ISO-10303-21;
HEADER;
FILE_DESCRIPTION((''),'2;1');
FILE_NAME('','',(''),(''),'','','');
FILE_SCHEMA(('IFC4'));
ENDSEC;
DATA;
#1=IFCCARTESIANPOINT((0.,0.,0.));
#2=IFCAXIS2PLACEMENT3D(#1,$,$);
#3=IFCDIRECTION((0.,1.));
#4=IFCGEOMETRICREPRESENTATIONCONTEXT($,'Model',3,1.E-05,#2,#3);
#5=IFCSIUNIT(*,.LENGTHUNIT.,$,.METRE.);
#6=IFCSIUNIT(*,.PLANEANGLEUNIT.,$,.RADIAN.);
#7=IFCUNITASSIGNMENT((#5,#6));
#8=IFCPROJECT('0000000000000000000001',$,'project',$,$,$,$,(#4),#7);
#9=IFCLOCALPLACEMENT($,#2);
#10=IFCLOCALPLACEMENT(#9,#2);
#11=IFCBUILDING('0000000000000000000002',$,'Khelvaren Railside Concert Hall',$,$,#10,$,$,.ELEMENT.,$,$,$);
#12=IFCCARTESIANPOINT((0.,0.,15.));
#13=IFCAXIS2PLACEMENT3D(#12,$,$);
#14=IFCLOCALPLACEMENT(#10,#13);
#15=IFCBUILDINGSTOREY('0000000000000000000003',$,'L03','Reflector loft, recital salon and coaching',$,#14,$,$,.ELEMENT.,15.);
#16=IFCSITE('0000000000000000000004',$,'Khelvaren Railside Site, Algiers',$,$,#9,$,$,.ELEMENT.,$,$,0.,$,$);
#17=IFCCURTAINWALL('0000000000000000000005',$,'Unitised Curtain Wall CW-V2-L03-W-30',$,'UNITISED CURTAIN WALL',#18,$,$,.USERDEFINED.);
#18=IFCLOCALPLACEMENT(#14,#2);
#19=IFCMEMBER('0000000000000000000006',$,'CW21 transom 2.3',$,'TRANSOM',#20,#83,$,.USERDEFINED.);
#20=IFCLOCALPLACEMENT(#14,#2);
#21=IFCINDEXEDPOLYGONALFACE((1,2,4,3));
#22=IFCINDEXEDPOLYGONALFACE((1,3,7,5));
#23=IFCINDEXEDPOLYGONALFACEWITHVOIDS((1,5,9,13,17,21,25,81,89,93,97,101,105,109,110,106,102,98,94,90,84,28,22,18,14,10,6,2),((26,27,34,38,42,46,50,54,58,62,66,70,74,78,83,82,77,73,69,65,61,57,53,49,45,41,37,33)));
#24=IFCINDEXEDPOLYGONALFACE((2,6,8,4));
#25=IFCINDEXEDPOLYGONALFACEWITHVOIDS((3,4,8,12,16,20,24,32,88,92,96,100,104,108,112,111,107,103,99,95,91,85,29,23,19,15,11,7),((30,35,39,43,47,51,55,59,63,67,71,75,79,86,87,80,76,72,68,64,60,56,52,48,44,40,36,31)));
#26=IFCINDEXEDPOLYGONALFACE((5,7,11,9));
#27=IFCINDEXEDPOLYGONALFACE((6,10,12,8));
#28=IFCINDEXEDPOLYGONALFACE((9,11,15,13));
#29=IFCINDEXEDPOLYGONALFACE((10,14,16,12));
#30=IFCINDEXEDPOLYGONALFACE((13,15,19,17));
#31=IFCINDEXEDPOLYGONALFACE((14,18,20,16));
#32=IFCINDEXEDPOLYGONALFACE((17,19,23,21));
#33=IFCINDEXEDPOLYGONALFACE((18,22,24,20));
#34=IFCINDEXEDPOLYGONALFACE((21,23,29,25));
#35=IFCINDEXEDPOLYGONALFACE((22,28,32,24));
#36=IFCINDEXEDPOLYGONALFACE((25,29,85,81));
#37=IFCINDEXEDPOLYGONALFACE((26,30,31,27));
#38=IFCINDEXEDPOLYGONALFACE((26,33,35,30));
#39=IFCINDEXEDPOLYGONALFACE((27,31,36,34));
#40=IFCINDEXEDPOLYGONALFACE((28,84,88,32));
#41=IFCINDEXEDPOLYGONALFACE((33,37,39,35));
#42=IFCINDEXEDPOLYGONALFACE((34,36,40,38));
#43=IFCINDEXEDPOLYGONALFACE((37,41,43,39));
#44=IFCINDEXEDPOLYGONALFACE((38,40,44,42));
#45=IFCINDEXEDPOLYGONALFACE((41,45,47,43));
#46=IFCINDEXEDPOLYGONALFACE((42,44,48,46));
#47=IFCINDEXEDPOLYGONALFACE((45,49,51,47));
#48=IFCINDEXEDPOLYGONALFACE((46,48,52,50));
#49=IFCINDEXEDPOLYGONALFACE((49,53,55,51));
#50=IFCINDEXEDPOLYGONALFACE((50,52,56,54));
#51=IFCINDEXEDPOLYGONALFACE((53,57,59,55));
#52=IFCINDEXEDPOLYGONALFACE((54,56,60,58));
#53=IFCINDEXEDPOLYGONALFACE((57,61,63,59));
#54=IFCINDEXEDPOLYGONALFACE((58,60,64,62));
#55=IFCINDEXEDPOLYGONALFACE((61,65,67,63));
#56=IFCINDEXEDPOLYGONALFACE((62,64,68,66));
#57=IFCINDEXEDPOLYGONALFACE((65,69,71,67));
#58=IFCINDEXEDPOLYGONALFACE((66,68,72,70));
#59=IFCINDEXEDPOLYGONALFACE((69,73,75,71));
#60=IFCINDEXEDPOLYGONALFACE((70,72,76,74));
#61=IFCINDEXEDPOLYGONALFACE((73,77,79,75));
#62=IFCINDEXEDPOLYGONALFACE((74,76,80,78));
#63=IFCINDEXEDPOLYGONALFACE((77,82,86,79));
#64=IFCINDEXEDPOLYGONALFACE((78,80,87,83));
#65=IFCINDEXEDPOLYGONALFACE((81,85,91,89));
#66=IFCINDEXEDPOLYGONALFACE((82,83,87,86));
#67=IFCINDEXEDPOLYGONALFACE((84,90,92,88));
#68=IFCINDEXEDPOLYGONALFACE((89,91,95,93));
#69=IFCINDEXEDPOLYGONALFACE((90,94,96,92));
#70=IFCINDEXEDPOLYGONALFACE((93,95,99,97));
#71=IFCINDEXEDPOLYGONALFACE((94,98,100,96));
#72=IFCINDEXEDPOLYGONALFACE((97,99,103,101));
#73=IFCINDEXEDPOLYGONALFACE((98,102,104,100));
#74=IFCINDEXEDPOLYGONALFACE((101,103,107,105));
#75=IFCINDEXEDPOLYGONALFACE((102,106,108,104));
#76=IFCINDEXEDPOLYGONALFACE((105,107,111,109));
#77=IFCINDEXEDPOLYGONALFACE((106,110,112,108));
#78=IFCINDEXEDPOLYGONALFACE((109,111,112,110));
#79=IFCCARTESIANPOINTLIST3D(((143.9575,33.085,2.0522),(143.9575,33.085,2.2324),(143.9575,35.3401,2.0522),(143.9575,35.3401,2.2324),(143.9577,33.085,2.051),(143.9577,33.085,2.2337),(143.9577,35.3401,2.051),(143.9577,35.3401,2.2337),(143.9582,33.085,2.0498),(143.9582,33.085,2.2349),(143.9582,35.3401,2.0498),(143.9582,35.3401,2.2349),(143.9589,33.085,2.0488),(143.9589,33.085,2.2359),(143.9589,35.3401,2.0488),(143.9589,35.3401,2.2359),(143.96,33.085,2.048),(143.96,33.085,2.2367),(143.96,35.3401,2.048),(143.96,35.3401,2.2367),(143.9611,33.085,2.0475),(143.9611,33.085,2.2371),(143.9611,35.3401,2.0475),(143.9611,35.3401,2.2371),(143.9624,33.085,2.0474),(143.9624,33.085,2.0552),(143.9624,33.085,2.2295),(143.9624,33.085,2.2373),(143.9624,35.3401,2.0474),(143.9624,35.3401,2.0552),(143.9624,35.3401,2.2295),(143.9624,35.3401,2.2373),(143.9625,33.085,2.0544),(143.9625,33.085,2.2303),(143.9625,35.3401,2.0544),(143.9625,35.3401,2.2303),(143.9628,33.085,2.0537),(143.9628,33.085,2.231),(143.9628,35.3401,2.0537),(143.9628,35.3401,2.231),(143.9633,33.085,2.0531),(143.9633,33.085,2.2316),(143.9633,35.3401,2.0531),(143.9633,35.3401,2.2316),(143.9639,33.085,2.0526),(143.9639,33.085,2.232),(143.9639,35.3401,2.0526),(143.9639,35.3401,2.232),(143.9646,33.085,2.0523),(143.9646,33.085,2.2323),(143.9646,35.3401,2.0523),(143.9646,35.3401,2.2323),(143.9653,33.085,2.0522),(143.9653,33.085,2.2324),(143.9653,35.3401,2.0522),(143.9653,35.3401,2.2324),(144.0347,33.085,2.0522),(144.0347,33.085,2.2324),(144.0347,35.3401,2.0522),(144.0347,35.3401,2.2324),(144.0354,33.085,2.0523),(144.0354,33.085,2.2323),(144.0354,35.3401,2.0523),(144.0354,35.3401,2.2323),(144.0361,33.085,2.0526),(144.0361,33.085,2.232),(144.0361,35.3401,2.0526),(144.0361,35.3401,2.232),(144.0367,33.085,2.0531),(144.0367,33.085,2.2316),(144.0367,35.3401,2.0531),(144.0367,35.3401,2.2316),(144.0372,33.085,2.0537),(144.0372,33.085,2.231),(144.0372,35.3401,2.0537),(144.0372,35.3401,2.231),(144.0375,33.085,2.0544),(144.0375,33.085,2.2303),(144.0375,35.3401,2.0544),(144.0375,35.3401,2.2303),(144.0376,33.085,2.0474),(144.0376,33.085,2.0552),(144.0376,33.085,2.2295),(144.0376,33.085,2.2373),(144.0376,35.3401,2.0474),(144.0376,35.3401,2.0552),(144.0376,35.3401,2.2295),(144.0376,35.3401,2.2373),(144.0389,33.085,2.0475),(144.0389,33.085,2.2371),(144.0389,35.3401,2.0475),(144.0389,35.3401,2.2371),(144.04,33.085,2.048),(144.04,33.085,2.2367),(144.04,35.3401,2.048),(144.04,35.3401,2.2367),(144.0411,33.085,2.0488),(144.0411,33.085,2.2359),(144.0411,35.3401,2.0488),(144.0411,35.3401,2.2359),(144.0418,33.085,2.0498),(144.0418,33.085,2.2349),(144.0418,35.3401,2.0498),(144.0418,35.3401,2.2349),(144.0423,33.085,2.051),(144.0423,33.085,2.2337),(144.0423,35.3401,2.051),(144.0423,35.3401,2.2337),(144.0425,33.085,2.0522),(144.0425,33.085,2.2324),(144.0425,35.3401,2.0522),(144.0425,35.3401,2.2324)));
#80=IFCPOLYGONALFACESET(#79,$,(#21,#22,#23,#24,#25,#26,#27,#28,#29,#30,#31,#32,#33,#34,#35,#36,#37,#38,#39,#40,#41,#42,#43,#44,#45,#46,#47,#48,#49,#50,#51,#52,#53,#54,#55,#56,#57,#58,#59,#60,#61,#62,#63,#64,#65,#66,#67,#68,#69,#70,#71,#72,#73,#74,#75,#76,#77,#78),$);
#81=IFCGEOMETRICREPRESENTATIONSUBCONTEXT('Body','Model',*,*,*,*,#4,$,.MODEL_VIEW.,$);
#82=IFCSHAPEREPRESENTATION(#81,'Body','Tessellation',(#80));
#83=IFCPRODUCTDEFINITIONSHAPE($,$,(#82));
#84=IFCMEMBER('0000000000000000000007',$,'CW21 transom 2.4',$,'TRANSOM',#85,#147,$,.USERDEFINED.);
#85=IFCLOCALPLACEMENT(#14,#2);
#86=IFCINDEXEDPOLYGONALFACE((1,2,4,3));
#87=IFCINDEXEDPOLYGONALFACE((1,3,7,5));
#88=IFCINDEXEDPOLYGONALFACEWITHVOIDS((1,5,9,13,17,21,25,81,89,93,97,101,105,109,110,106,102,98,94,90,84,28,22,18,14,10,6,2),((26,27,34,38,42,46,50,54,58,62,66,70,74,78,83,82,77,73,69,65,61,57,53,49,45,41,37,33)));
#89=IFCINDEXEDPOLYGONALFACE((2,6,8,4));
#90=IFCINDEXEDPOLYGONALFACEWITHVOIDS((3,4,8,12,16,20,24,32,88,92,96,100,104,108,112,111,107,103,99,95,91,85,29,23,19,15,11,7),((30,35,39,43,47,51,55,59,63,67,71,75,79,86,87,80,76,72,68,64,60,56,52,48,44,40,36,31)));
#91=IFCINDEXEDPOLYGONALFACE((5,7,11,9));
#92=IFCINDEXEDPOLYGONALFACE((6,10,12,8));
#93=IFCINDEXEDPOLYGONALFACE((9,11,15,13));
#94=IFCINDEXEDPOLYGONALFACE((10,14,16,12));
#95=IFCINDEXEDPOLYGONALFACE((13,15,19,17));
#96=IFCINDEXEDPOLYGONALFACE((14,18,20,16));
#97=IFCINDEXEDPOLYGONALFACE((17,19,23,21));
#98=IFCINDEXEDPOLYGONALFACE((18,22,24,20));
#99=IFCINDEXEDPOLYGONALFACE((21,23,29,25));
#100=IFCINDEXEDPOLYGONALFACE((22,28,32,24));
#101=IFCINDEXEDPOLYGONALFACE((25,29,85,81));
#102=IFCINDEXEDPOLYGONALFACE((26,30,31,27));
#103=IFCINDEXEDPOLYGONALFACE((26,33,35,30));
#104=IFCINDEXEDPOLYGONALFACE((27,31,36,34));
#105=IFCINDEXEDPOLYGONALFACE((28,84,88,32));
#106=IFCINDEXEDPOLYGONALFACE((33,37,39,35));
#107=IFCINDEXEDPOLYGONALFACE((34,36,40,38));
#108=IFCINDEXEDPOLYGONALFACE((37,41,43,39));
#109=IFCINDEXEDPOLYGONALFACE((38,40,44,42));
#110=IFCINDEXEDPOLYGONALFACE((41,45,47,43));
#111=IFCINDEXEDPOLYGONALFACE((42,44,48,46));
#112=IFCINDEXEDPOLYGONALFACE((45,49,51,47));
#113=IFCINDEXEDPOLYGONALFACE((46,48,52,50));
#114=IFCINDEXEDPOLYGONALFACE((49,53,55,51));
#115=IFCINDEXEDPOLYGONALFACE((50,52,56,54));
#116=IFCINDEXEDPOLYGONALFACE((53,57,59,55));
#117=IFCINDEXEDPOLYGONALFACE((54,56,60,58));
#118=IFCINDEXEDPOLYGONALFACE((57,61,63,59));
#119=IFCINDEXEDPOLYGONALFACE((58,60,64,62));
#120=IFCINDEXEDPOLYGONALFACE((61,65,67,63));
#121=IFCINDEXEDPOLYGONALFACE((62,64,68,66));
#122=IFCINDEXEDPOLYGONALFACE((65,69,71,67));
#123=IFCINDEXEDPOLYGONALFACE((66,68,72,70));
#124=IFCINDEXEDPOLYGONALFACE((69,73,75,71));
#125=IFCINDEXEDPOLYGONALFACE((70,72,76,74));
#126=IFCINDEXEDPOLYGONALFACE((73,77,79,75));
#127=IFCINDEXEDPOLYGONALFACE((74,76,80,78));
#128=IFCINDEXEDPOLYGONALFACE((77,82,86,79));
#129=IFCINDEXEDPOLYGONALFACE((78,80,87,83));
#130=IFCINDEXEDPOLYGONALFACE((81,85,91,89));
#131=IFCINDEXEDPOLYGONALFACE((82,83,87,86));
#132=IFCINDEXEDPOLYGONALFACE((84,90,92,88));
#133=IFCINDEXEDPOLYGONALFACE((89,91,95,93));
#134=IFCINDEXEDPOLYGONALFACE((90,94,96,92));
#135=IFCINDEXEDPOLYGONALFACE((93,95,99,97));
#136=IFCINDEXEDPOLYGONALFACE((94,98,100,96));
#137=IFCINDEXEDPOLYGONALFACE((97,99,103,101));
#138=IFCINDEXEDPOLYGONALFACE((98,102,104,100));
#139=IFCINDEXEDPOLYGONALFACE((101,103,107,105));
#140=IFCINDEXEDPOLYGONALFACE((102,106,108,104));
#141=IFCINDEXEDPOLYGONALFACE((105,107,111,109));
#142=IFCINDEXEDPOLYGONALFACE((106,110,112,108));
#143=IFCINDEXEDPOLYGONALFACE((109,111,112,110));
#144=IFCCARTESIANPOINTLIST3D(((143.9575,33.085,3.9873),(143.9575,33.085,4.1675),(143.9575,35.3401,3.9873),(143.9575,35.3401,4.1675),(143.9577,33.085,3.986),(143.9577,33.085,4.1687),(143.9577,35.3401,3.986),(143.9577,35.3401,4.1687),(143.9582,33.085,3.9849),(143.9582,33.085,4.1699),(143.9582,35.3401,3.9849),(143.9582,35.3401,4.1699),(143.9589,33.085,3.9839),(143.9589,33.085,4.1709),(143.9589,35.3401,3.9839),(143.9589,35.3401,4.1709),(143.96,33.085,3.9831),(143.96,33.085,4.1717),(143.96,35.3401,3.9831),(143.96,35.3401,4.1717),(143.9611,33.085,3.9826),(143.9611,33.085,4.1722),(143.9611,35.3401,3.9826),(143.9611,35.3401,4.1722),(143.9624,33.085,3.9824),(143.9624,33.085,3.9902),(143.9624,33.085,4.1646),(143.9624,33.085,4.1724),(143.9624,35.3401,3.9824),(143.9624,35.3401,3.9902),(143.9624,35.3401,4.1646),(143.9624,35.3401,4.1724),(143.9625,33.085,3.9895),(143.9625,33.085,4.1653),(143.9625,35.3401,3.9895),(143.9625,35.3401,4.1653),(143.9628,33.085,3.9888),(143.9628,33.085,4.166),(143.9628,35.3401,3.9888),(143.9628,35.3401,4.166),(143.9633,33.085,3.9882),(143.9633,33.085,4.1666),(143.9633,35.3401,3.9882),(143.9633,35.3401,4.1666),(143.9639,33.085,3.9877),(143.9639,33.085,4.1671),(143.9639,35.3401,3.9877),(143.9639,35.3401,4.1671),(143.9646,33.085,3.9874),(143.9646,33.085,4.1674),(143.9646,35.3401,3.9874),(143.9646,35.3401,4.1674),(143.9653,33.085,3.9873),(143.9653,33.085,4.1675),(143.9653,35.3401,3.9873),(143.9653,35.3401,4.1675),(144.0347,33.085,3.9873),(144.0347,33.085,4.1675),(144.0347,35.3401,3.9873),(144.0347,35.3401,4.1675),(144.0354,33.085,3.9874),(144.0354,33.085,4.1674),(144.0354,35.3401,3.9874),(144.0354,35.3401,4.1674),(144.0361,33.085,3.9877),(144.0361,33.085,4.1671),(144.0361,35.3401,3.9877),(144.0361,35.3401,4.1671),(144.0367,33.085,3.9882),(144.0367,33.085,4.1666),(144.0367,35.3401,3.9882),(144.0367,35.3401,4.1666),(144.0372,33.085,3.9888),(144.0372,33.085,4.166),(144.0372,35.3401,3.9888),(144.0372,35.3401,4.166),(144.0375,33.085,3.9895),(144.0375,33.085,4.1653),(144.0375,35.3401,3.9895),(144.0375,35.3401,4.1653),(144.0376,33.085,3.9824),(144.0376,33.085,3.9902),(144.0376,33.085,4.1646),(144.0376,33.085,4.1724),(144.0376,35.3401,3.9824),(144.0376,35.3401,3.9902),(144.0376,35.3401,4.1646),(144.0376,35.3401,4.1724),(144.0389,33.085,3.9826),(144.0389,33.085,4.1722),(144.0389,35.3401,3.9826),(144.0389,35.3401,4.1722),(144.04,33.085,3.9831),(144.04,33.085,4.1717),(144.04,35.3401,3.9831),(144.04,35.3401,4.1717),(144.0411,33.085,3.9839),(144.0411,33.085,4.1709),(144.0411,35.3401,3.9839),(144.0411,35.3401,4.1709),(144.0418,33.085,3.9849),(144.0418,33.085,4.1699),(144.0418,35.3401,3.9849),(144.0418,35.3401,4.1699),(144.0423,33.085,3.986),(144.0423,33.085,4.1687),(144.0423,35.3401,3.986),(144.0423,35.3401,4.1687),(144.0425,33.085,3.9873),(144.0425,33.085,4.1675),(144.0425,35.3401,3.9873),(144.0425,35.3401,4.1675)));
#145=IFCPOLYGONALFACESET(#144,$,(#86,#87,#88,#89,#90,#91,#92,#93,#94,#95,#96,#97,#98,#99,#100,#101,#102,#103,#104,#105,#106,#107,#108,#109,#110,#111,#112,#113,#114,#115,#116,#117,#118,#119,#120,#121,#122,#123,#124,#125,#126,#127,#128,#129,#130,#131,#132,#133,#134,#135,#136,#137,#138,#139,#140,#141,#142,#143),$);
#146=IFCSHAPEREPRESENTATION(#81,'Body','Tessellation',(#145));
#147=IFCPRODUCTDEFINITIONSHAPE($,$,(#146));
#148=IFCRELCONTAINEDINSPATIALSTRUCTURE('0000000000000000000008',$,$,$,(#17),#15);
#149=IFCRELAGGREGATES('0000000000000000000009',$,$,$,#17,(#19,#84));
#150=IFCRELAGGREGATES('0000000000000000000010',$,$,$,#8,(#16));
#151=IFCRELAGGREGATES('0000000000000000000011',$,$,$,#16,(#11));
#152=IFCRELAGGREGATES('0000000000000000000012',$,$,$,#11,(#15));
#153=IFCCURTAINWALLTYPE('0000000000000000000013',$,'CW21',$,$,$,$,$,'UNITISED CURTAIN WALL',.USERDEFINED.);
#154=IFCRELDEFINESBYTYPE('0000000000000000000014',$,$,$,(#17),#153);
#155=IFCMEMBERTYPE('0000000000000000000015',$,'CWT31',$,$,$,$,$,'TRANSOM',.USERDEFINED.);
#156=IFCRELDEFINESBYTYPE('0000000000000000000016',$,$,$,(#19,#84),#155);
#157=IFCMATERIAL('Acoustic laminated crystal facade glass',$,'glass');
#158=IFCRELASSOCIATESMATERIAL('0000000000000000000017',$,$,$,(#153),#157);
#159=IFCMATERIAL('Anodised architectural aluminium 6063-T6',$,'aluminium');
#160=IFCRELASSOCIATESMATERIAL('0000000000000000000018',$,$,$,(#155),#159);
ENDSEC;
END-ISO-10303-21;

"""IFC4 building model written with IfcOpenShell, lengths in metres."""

from ifc_helpers import new_model, si_unit, direction, frame, origin, origin_2d, place, context, subcontext, project, spatial, hollow_rectangle, extrude, material, material_profile, profile_set, type_object, element, aggregate, save


model = new_model("IFC4")

# Units and contexts
model_context = context("Model", 3, precision=1e-05, world=origin(), true_north=direction((0.0, 1.0)))
body_context = subcontext(model_context, "Body", "Model", "MODEL_VIEW")
ifc_project = project(units=[si_unit("LENGTHUNIT", "METRE"), si_unit("PLANEANGLEUNIT", "RADIAN")], contexts=[model_context])

# Site, building, storey
site_placement = place(None, origin())
site = spatial("IfcSite", under=ifc_project, at=site_placement, Name="Khelvaren Railside Site, Algiers", CompositionType="ELEMENT", RefElevation=0.0)
building_placement = place(site_placement, origin())
building = spatial("IfcBuilding", under=site, at=building_placement, Name="Khelvaren Railside Concert Hall", CompositionType="ELEMENT")
storey_placement = place(building_placement, frame((0.0, 0.0, 15.0)))
storey = spatial("IfcBuildingStorey", under=building, at=storey_placement, Name="L03", Description="Reflector loft, recital salon and coaching", CompositionType="ELEMENT", Elevation=15.0)

# Shared definitions
ifc_material_1 = material(Name="Anodised architectural aluminium 6063-T6", Category="aluminium")

# Curtain wall, members
ifc_material_2 = material(Name="Acoustic laminated crystal facade glass", Category="glass")
curtain_wall_type_1 = type_object("IfcCurtainWallType", Name="CW21", ElementType="UNITISED CURTAIN WALL", PredefinedType="USERDEFINED", material=ifc_material_2)
curtain_wall_1_placement = place(storey_placement, origin())
curtain_wall_1 = element("IfcCurtainWall", 1, at=curtain_wall_1_placement, inside=storey, type_object=curtain_wall_type_1, Name="Unitised Curtain Wall CW-V2-L03-W-30", ObjectType="UNITISED CURTAIN WALL", PredefinedType="USERDEFINED")
ifc_material_profile_1 = material_profile(ifc_material_1, hollow_rectangle(XDim=0.085, YDim=0.1899, WallThickness=0.0049, InnerFilletRadius=0.0029, OuterFilletRadius=0.0049, at=origin_2d()), Name="CWT 85x190x5")
ifc_profile_set_1 = profile_set([ifc_material_profile_1], Name="Anodised architectural aluminium 6063-T6")
member_type_1 = type_object("IfcMemberType", Name="CWT31", ElementType="TRANSOM", PredefinedType="USERDEFINED", material=ifc_profile_set_1)
member_1_placement = place(storey_placement, frame((144.0, 33.085, 2.1423), z_axis=(0.0, 1.0, 0.0), x_axis=(-1.0, 0.0, 0.0)))
member_1 = element("IfcMember", 2, at=member_1_placement, type_object=member_type_1, Name="CW21 transom 2.3", ObjectType="TRANSOM", PredefinedType="USERDEFINED", context=body_context, shape_type="SweptSolid", body=[
    extrude(hollow_rectangle(XDim=0.085, YDim=0.1899, WallThickness=0.0049, InnerFilletRadius=0.0029, OuterFilletRadius=0.0049, at=origin_2d()), origin(), (0.0, 0.0, 1.0), 2.2551),
])
member_2_placement = place(storey_placement, frame((144.0, 33.085, 4.0774), z_axis=(0.0, 1.0, 0.0), x_axis=(-1.0, 0.0, 0.0)))
member_2 = element("IfcMember", 3, at=member_2_placement, type_object=member_type_1, Name="CW21 transom 2.4", ObjectType="TRANSOM", PredefinedType="USERDEFINED", context=body_context, shape_type="SweptSolid", body=[
    extrude(hollow_rectangle(XDim=0.085, YDim=0.1899, WallThickness=0.0049, InnerFilletRadius=0.0029, OuterFilletRadius=0.0049, at=origin_2d()), origin(), (0.0, 0.0, 1.0), 2.2551),
])

aggregate(curtain_wall_1, [member_1, member_2])

save(model, "model.ifc")
